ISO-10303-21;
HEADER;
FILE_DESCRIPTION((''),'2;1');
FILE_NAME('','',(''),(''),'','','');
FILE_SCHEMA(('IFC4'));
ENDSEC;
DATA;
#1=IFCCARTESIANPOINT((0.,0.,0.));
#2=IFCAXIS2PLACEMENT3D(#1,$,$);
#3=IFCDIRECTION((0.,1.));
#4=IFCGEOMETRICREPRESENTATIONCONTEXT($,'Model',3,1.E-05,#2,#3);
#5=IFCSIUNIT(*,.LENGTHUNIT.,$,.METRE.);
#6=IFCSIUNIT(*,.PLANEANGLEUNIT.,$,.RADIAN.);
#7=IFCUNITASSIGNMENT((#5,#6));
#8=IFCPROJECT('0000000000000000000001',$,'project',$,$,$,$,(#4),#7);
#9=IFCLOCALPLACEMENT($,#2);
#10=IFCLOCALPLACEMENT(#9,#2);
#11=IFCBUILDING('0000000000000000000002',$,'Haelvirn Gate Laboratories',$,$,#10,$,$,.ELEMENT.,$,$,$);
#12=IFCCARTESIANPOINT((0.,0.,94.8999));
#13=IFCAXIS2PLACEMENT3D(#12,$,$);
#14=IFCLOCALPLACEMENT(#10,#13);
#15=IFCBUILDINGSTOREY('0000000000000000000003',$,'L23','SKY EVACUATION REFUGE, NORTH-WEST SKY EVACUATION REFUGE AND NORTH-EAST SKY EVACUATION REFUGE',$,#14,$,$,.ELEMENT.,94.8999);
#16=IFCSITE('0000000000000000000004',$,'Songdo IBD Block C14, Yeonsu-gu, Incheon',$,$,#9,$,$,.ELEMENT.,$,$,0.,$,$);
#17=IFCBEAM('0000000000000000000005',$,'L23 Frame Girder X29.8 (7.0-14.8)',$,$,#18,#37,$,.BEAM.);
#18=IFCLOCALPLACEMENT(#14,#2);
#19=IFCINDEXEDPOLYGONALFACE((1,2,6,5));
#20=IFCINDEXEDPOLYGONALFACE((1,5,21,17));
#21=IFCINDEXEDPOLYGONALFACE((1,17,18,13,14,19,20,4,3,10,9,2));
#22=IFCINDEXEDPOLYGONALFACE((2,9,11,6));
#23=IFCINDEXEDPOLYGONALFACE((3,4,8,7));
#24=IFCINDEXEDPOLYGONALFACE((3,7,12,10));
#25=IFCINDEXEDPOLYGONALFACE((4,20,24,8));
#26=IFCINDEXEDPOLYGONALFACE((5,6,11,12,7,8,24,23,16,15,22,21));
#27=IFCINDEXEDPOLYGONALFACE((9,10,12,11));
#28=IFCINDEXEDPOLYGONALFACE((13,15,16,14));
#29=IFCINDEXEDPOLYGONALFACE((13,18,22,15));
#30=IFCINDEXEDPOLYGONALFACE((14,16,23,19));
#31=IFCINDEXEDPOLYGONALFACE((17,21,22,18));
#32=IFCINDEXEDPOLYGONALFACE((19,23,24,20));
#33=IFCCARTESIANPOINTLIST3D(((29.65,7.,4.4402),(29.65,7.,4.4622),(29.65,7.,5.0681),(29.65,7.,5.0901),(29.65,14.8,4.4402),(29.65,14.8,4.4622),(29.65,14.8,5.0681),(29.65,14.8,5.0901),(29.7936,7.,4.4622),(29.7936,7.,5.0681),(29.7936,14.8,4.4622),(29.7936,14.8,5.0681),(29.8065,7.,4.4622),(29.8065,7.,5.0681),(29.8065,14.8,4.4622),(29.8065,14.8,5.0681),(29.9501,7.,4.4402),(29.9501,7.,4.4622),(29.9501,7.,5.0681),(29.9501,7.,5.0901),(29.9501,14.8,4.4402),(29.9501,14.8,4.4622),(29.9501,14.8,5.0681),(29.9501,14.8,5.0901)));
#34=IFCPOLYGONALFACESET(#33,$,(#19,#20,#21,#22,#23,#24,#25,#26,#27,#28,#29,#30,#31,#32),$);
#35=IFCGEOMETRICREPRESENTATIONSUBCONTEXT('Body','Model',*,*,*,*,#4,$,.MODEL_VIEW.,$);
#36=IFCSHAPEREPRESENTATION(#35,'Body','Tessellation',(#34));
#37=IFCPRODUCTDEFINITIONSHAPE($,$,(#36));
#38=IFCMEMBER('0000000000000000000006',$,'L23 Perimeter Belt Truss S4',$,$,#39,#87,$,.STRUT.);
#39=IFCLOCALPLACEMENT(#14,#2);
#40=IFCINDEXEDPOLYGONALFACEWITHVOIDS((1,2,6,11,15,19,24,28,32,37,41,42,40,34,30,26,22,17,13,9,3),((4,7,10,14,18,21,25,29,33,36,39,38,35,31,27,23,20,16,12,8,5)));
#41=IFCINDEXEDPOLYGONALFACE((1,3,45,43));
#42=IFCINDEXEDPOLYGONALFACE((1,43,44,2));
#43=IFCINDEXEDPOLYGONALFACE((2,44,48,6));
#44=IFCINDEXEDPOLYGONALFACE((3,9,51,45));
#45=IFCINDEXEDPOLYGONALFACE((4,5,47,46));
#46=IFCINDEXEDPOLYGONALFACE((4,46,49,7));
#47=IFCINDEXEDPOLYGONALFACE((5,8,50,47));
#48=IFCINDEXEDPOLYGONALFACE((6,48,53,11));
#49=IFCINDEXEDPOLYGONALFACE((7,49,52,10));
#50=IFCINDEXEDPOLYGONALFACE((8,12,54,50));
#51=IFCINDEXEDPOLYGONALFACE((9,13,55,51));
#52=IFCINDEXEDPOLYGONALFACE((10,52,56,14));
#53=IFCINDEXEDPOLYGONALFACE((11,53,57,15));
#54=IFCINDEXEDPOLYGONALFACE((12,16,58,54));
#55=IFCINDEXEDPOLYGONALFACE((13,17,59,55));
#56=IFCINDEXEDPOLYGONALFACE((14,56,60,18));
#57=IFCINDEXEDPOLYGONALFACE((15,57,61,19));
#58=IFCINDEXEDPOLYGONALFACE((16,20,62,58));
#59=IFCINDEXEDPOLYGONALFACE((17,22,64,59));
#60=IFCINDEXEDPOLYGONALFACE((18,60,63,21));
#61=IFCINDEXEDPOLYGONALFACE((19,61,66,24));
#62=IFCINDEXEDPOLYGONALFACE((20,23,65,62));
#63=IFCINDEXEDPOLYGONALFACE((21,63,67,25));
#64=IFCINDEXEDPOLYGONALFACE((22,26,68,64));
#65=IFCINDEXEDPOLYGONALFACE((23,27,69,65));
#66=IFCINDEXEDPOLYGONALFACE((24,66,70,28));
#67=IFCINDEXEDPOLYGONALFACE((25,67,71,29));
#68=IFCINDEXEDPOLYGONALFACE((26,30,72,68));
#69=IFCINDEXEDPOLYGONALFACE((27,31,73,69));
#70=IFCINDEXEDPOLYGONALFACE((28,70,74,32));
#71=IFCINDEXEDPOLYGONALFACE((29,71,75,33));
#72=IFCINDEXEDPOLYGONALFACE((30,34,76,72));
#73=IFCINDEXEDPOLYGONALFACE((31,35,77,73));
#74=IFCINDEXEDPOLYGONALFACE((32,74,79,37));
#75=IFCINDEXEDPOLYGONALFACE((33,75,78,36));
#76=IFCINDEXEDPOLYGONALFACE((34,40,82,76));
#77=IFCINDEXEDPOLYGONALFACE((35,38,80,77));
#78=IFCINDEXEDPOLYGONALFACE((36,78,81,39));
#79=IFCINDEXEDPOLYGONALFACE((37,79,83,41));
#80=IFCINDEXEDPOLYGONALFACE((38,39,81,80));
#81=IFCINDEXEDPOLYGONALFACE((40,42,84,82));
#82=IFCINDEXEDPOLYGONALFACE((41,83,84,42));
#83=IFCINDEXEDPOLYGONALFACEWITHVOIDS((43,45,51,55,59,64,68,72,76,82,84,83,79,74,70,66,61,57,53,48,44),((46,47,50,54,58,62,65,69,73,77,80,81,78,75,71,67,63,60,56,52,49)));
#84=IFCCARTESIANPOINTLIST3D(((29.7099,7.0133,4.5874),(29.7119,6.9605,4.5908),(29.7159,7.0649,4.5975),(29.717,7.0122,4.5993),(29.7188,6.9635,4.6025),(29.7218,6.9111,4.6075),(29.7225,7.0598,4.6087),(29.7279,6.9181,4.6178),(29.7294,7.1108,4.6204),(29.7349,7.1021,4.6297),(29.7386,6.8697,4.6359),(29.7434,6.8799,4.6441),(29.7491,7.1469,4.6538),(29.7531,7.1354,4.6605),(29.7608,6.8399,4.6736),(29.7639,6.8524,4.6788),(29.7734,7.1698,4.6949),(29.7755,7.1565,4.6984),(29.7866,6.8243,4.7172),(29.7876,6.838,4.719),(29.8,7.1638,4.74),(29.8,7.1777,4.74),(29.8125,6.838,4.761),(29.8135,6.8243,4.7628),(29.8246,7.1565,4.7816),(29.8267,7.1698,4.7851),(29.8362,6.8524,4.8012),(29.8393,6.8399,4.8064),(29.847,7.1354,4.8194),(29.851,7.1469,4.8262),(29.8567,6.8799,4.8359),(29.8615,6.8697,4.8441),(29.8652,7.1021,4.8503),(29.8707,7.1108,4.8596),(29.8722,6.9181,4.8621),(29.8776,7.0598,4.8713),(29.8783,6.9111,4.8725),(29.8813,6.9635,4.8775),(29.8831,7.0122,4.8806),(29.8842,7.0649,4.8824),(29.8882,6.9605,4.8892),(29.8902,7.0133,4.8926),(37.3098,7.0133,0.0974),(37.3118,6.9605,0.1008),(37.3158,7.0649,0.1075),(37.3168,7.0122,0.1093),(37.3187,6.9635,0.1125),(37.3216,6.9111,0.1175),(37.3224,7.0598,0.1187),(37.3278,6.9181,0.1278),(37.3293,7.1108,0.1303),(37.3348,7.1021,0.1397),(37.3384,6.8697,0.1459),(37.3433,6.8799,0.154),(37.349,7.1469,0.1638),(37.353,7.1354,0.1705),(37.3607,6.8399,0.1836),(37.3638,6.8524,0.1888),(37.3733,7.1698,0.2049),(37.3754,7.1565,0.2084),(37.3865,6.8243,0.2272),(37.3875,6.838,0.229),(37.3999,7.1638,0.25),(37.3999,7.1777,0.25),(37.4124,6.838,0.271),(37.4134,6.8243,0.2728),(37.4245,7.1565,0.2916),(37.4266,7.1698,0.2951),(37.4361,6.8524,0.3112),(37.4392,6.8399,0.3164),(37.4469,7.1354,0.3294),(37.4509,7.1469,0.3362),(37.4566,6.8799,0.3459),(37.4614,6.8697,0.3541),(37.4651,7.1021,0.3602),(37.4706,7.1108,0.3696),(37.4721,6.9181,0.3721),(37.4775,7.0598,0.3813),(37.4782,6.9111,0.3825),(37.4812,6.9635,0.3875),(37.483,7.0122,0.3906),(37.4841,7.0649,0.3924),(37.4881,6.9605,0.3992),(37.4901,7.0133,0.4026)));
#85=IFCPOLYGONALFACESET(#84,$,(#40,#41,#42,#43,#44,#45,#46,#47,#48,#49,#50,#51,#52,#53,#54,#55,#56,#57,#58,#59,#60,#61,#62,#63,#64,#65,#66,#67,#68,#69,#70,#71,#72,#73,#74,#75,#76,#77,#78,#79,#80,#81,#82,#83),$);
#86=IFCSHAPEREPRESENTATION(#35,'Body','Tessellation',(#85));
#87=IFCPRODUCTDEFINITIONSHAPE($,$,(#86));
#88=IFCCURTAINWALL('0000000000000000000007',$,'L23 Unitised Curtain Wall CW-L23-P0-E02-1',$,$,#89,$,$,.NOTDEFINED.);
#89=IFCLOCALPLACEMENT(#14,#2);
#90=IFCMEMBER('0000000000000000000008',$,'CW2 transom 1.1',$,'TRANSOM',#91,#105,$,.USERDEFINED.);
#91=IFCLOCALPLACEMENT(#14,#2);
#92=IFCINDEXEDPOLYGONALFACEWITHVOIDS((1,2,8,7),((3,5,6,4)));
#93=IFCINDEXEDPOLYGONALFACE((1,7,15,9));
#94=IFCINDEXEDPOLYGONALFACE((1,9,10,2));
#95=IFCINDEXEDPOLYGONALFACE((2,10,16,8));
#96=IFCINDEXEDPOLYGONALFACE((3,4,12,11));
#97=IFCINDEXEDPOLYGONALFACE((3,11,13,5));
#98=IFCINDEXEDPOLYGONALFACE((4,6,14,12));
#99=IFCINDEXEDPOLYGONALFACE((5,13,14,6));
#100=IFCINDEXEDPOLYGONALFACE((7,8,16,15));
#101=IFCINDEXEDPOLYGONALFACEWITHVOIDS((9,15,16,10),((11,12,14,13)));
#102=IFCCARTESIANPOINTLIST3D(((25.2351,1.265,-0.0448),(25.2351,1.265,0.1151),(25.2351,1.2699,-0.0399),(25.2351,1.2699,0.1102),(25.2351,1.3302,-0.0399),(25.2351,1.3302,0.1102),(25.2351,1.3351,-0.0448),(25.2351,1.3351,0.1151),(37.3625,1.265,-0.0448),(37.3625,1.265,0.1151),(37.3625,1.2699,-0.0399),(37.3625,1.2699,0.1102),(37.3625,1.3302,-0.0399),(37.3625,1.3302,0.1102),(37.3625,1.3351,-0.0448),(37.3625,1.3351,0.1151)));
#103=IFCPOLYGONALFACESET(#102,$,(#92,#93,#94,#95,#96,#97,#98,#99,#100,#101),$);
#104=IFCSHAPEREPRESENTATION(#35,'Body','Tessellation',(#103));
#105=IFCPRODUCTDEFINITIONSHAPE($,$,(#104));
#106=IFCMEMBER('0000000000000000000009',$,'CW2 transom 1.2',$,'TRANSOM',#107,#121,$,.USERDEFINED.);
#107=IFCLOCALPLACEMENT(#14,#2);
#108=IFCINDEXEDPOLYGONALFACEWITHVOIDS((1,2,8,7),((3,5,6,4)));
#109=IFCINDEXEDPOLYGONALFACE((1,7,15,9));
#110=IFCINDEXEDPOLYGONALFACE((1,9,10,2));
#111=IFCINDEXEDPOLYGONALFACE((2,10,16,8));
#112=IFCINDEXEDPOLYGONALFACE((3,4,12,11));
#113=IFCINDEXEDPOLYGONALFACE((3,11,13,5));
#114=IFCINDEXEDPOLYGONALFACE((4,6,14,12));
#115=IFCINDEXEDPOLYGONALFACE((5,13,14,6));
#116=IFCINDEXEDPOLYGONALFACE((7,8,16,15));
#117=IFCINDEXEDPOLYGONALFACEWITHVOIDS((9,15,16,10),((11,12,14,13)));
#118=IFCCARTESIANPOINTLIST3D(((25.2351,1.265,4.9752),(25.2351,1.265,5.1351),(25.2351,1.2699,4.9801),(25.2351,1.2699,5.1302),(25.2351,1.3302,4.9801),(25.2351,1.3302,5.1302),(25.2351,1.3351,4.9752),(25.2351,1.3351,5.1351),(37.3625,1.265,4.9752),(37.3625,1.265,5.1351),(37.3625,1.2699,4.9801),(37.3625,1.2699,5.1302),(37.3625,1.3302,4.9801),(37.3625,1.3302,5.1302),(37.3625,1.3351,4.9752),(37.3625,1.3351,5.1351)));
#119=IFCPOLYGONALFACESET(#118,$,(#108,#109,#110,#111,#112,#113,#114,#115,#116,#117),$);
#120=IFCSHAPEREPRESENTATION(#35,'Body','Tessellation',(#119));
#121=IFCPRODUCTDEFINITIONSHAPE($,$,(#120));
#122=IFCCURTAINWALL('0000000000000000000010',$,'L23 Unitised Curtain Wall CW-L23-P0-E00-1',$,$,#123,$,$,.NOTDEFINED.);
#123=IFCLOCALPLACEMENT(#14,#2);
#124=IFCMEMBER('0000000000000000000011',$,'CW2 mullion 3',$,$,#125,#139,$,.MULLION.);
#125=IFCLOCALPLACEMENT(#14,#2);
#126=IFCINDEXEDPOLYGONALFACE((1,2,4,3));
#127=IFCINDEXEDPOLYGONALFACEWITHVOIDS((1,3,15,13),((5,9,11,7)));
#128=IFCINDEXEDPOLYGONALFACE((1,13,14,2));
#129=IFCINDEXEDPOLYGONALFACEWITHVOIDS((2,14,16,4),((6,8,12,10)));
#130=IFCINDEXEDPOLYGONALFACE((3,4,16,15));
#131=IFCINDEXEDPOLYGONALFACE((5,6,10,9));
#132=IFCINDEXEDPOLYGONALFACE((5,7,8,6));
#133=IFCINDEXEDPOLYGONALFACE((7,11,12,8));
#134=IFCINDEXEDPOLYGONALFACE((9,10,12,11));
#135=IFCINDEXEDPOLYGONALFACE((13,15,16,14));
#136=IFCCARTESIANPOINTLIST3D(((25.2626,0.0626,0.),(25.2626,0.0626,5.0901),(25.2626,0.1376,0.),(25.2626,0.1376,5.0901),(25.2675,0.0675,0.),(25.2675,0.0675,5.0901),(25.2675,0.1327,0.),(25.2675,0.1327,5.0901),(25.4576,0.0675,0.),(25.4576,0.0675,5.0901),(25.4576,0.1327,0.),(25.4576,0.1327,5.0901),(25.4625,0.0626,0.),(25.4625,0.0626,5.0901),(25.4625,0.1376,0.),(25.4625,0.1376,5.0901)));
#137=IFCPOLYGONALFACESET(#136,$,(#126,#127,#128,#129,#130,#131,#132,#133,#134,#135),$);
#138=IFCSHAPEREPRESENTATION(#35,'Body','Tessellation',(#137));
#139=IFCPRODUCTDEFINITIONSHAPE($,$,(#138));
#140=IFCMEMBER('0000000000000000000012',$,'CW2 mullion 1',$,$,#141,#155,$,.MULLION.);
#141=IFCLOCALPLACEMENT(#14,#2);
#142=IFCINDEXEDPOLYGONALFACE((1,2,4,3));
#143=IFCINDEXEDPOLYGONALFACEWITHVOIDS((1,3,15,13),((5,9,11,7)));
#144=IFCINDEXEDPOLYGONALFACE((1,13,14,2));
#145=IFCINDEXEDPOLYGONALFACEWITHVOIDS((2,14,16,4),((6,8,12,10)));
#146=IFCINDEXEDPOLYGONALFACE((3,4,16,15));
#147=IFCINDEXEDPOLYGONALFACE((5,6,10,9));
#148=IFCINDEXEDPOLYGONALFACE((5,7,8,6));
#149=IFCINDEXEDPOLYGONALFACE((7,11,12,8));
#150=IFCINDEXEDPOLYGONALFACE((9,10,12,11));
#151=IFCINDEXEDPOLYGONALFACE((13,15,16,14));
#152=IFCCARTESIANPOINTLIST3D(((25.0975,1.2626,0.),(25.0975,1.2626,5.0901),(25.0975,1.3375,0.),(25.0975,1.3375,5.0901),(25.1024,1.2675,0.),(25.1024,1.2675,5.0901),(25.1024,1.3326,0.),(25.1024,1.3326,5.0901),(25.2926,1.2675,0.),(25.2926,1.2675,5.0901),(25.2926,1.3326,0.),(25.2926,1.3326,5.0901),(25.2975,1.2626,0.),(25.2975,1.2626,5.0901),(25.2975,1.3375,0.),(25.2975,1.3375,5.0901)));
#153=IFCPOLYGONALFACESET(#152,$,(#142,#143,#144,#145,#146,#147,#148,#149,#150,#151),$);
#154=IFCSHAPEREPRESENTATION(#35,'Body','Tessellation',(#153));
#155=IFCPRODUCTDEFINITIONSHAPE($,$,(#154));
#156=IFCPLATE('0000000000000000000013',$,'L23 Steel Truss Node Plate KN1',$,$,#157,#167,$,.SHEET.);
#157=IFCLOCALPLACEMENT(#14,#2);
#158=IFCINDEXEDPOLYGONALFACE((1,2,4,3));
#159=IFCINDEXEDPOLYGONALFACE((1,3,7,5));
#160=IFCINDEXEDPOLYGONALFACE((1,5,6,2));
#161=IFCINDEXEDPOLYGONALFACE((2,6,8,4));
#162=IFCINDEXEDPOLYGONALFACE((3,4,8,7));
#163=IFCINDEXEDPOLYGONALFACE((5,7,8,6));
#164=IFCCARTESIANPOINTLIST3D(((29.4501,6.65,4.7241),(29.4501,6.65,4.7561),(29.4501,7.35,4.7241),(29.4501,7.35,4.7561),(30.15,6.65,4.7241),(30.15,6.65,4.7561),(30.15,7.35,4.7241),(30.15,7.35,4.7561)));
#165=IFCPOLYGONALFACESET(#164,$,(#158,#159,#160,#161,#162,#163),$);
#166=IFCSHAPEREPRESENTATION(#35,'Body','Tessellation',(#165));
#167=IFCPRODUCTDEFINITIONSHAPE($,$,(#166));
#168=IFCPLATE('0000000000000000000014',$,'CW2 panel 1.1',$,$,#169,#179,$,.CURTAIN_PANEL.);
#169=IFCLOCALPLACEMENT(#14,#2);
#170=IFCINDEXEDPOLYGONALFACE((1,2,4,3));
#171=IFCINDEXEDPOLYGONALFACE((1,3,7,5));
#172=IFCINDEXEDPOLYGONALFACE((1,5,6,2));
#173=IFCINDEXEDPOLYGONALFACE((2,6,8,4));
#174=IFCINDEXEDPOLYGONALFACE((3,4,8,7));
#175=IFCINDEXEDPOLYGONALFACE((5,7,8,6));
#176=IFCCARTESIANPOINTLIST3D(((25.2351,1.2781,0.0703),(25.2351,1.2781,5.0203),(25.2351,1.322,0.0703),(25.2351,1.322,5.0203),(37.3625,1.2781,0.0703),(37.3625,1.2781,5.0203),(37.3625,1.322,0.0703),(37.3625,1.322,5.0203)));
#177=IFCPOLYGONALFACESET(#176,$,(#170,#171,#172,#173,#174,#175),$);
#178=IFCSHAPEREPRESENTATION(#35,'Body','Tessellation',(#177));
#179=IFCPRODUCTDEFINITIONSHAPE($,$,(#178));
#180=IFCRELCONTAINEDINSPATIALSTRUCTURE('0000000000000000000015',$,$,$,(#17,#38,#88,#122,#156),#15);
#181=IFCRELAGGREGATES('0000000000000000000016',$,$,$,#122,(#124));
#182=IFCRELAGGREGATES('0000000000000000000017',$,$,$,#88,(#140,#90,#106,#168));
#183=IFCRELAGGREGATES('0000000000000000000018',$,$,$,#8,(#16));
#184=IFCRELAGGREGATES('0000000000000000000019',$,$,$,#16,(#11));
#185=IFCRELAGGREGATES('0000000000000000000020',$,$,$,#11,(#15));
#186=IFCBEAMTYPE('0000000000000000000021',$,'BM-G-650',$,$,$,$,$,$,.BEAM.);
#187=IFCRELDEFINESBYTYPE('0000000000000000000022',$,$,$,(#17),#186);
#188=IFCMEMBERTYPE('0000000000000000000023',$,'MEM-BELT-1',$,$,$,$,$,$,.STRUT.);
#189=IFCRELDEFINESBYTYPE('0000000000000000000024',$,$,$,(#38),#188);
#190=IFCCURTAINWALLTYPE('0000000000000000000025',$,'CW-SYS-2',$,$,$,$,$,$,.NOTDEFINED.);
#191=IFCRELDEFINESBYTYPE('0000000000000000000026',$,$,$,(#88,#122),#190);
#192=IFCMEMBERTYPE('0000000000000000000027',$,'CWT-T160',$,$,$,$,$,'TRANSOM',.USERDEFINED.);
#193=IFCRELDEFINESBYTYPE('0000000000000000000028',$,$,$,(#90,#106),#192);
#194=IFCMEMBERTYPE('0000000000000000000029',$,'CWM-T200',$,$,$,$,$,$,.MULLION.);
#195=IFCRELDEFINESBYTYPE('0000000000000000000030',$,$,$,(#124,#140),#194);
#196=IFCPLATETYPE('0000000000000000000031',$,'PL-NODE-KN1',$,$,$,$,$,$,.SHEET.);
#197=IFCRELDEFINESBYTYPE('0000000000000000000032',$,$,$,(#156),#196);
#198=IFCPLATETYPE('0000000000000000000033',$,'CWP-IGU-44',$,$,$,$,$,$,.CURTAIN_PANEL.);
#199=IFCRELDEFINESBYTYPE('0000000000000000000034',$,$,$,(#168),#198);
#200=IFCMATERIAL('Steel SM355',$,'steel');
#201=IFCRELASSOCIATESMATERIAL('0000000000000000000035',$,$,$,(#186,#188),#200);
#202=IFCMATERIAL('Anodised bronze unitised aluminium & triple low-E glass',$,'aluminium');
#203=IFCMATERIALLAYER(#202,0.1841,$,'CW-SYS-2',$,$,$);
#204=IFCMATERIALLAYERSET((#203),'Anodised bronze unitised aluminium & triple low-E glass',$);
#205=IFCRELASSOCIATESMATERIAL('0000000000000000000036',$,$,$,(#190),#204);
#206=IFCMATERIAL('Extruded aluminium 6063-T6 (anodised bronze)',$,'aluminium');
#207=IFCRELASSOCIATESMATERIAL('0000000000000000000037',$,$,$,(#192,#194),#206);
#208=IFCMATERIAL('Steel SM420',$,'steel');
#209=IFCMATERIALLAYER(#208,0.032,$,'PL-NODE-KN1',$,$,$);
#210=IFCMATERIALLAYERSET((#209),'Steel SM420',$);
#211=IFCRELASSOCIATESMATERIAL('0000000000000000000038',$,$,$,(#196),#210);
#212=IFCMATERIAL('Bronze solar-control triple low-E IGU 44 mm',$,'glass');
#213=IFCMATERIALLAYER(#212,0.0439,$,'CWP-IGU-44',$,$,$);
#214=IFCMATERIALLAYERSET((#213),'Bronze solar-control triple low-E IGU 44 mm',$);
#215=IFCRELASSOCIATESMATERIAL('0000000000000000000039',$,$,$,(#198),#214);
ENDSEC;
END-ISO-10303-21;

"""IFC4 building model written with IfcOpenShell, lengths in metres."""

from ifc_helpers import new_model, si_unit, direction, frame, origin, origin_2d, place, context, subcontext, project, spatial, rectangle, hollow_rectangle, hollow_circle, i_section, extrude, source, transform, mapped, material, layer, layer_set, material_profile, profile_set, type_object, type_shapes, element, aggregate, save


model = new_model("IFC4")

# Units and contexts
model_context = context("Model", 3, precision=1e-05, world=origin(), true_north=direction((0.0, 1.0)))
body_context = subcontext(model_context, "Body", "Model", "MODEL_VIEW")
ifc_project = project(units=[si_unit("LENGTHUNIT", "METRE"), si_unit("PLANEANGLEUNIT", "RADIAN")], contexts=[model_context])

# Site, building, storey
site_placement = place(None, origin())
site = spatial("IfcSite", under=ifc_project, at=site_placement, Name="Songdo IBD Block C14, Yeonsu-gu, Incheon", CompositionType="ELEMENT", RefElevation=0.0)
building_placement = place(site_placement, origin())
building = spatial("IfcBuilding", under=site, at=building_placement, Name="Haelvirn Gate Laboratories", CompositionType="ELEMENT")
storey_placement = place(building_placement, frame((0.0, 0.0, 94.8999)))
storey = spatial("IfcBuildingStorey", under=building, at=storey_placement, Name="L23", Description="SKY EVACUATION REFUGE, NORTH-WEST SKY EVACUATION REFUGE AND NORTH-EAST SKY EVACUATION REFUGE", CompositionType="ELEMENT", Elevation=94.8999)

# Shared definitions
ifc_material_1 = material(Name="Steel SM420", Category="steel")

# Beam
ifc_material_2 = material(Name="Steel SM355", Category="steel")
ifc_material_profile_1 = material_profile(ifc_material_2, i_section(OverallWidth=0.3, OverallDepth=0.6499, WebThickness=0.0129, FlangeThickness=0.022, at=origin_2d()), Name="H-650x300x13x22")
ifc_profile_set_1 = profile_set([ifc_material_profile_1], Name="Steel SM355")
beam_type_1 = type_object("IfcBeamType", Name="BM-G-650", PredefinedType="BEAM", material=ifc_profile_set_1)
shared_shape_1 = source(origin(), body_context, "Body", "SweptSolid", [
    extrude(i_section(OverallWidth=0.3, OverallDepth=0.6499, WebThickness=0.0129, FlangeThickness=0.022, at=origin_2d()), origin(), (0.0, 0.0, 1.0), 7.8),
])
type_shapes(beam_type_1, [shared_shape_1])
beam_placement = place(storey_placement, frame((29.8, 7.0, 4.7651), z_axis=(0.0, 1.0, 0.0), x_axis=(-1.0, 0.0, 0.0)))
element("IfcBeam", 1, at=beam_placement, inside=storey, type_object=beam_type_1, Name="L23 Frame Girder X29.8 (7.0-14.8)", PredefinedType="BEAM", context=body_context, shape_type="MappedRepresentation", body=[
    mapped(shared_shape_1, transform((0.0, 0.0, 0.0), scale=1.0)),
])

# Member
ifc_material_profile_2 = material_profile(ifc_material_2, hollow_circle(Radius=0.1777, WallThickness=0.0139, at=origin_2d()), Name="CHS-355x14")
ifc_profile_set_2 = profile_set([ifc_material_profile_2], Name="Steel SM355")
member_type_1 = type_object("IfcMemberType", Name="MEM-BELT-1", PredefinedType="STRUT", material=ifc_profile_set_2)
shared_shape_2 = source(origin(), body_context, "Body", "SweptSolid", [
    extrude(hollow_circle(Radius=0.1777, WallThickness=0.0139, at=origin_2d()), origin(), (0.0, 0.0, 1.0), 8.8271),
])
type_shapes(member_type_1, [shared_shape_2])
member_1_placement = place(storey_placement, frame((29.8, 7.0, 4.74), z_axis=(0.860968, 0.0, -0.508659), x_axis=(0.0, 1.0, 0.0)))
element("IfcMember", 2, at=member_1_placement, inside=storey, type_object=member_type_1, Name="L23 Perimeter Belt Truss S4", PredefinedType="STRUT", context=body_context, shape_type="MappedRepresentation", body=[
    mapped(shared_shape_2, transform((0.0, 0.0, 0.0), scale=1.0)),
])

# Curtain wall, members
ifc_material_3 = material(Name="Anodised bronze unitised aluminium & triple low-E glass", Category="aluminium")
ifc_layer_1 = layer(ifc_material_3, 0.1841, Name="CW-SYS-2")
ifc_layer_set_1 = layer_set([ifc_layer_1], Name="Anodised bronze unitised aluminium & triple low-E glass")
curtain_wall_type = type_object("IfcCurtainWallType", Name="CW-SYS-2", PredefinedType="NOTDEFINED", material=ifc_layer_set_1)
curtain_wall_1_placement = place(storey_placement, origin())
curtain_wall_1 = element("IfcCurtainWall", 3, at=curtain_wall_1_placement, inside=storey, type_object=curtain_wall_type, Name="L23 Unitised Curtain Wall CW-L23-P0-E02-1", PredefinedType="NOTDEFINED")
ifc_material_4 = material(Name="Extruded aluminium 6063-T6 (anodised bronze)", Category="aluminium")
ifc_material_profile_3 = material_profile(ifc_material_4, hollow_rectangle(XDim=0.0701, YDim=0.1599, WallThickness=0.0049, at=origin_2d()), Name="CWT-160x70x5")
ifc_profile_set_3 = profile_set([ifc_material_profile_3], Name="Extruded aluminium 6063-T6 (anodised bronze)")
member_type_2 = type_object("IfcMemberType", Name="CWT-T160", ElementType="TRANSOM", PredefinedType="USERDEFINED", material=ifc_profile_set_3)
shared_shape_3 = source(origin(), body_context, "Body", "SweptSolid", [
    extrude(hollow_rectangle(XDim=0.0701, YDim=0.1599, WallThickness=0.0049, at=origin_2d()), origin(), (0.0, 0.0, 1.0), 12.1274),
])
type_shapes(member_type_2, [shared_shape_3])
member_2_placement = place(storey_placement, frame((25.2351, 1.3, 0.0352), z_axis=(1.0, 0.0, 0.0), x_axis=(0.0, 1.0, 0.0)))
member_2 = element("IfcMember", 4, at=member_2_placement, type_object=member_type_2, Name="CW2 transom 1.1", ObjectType="TRANSOM", PredefinedType="USERDEFINED", context=body_context, shape_type="MappedRepresentation", body=[
    mapped(shared_shape_3, transform((0.0, 0.0, 0.0), scale=1.0)),
])
member_3_placement = place(storey_placement, frame((25.2351, 1.3, 5.0552), z_axis=(1.0, 0.0, 0.0), x_axis=(0.0, 1.0, 0.0)))
member_3 = element("IfcMember", 5, at=member_3_placement, type_object=member_type_2, Name="CW2 transom 1.2", ObjectType="TRANSOM", PredefinedType="USERDEFINED", context=body_context, shape_type="MappedRepresentation", body=[
    mapped(shared_shape_3, transform((0.0, 0.0, 0.0), scale=1.0)),
])

# Curtain wall, member
curtain_wall_2_placement = place(storey_placement, origin())
curtain_wall_2 = element("IfcCurtainWall", 6, at=curtain_wall_2_placement, inside=storey, type_object=curtain_wall_type, Name="L23 Unitised Curtain Wall CW-L23-P0-E00-1", PredefinedType="NOTDEFINED")
ifc_material_profile_4 = material_profile(ifc_material_4, hollow_rectangle(XDim=0.075, YDim=0.2, WallThickness=0.0049, at=origin_2d()), Name="CWM-200x75x5")
ifc_profile_set_4 = profile_set([ifc_material_profile_4], Name="Extruded aluminium 6063-T6 (anodised bronze)")
member_type_3 = type_object("IfcMemberType", Name="CWM-T200", PredefinedType="MULLION", material=ifc_profile_set_4)
shared_shape_4 = source(origin(), body_context, "Body", "SweptSolid", [
    extrude(hollow_rectangle(XDim=0.075, YDim=0.2, WallThickness=0.0049, at=origin_2d()), origin(), (0.0, 0.0, 1.0), 5.0901),
])
type_shapes(member_type_3, [shared_shape_4])
member_4_placement = place(storey_placement, frame((25.3625, 0.1001, 0.0), z_axis=(0.0, 0.0, 1.0), x_axis=(0.0, 1.0, 0.0)))
member_4 = element("IfcMember", 7, at=member_4_placement, type_object=member_type_3, Name="CW2 mullion 3", PredefinedType="MULLION", context=body_context, shape_type="MappedRepresentation", body=[
    mapped(shared_shape_4, transform((0.0, 0.0, 0.0), scale=1.0)),
])
aggregate(curtain_wall_2, [member_4])

# Member
member_5_placement = place(storey_placement, frame((25.1975, 1.3, 0.0), z_axis=(0.0, 0.0, 1.0), x_axis=(0.0, 1.0, 0.0)))
member_5 = element("IfcMember", 8, at=member_5_placement, type_object=member_type_3, Name="CW2 mullion 1", PredefinedType="MULLION", context=body_context, shape_type="MappedRepresentation", body=[
    mapped(shared_shape_4, transform((0.0, 0.0, 0.0), scale=1.0)),
])

# Plates
ifc_layer_2 = layer(ifc_material_1, 0.032, Name="PL-NODE-KN1")
ifc_layer_set_2 = layer_set([ifc_layer_2], Name="Steel SM420")
plate_type_1 = type_object("IfcPlateType", Name="PL-NODE-KN1", PredefinedType="SHEET", material=ifc_layer_set_2)
shared_shape_5 = source(origin(), body_context, "Body", "SweptSolid", [
    extrude(rectangle(XDim=0.7, YDim=0.7, at=origin_2d()), origin(), (0.0, 0.0, 1.0), 0.032),
])
type_shapes(plate_type_1, [shared_shape_5])
plate_1_placement = place(storey_placement, frame((29.8, 7.0, 4.7241), z_axis=(0.0, 0.0, 1.0), x_axis=(1.0, 0.0, 0.0)))
element("IfcPlate", 9, at=plate_1_placement, inside=storey, type_object=plate_type_1, Name="L23 Steel Truss Node Plate KN1", PredefinedType="SHEET", context=body_context, shape_type="MappedRepresentation", body=[
    mapped(shared_shape_5, transform((0.0, 0.0, 0.0), scale=1.0)),
])
ifc_material_5 = material(Name="Bronze solar-control triple low-E IGU 44 mm", Category="glass")
ifc_layer_3 = layer(ifc_material_5, 0.0439, Name="CWP-IGU-44")
ifc_layer_set_3 = layer_set([ifc_layer_3], Name="Bronze solar-control triple low-E IGU 44 mm")
plate_type_2 = type_object("IfcPlateType", Name="CWP-IGU-44", PredefinedType="CURTAIN_PANEL", material=ifc_layer_set_3)
shared_shape_6 = source(origin(), body_context, "Body", "SweptSolid", [
    extrude(rectangle(XDim=12.1274, YDim=0.0439, at=origin_2d()), origin(), (0.0, 0.0, 1.0), 4.95),
])
type_shapes(plate_type_2, [shared_shape_6])
plate_2_placement = place(storey_placement, frame((31.2988, 1.3, 0.0703), z_axis=(0.0, 0.0, 1.0), x_axis=(1.0, 0.0, 0.0)))
plate_2 = element("IfcPlate", 10, at=plate_2_placement, type_object=plate_type_2, Name="CW2 panel 1.1", PredefinedType="CURTAIN_PANEL", context=body_context, shape_type="MappedRepresentation", body=[
    mapped(shared_shape_6, transform((0.0, 0.0, 0.0), scale=1.0)),
])
aggregate(curtain_wall_1, [member_5, member_2, member_3, plate_2])

save(model, "model.ifc")
